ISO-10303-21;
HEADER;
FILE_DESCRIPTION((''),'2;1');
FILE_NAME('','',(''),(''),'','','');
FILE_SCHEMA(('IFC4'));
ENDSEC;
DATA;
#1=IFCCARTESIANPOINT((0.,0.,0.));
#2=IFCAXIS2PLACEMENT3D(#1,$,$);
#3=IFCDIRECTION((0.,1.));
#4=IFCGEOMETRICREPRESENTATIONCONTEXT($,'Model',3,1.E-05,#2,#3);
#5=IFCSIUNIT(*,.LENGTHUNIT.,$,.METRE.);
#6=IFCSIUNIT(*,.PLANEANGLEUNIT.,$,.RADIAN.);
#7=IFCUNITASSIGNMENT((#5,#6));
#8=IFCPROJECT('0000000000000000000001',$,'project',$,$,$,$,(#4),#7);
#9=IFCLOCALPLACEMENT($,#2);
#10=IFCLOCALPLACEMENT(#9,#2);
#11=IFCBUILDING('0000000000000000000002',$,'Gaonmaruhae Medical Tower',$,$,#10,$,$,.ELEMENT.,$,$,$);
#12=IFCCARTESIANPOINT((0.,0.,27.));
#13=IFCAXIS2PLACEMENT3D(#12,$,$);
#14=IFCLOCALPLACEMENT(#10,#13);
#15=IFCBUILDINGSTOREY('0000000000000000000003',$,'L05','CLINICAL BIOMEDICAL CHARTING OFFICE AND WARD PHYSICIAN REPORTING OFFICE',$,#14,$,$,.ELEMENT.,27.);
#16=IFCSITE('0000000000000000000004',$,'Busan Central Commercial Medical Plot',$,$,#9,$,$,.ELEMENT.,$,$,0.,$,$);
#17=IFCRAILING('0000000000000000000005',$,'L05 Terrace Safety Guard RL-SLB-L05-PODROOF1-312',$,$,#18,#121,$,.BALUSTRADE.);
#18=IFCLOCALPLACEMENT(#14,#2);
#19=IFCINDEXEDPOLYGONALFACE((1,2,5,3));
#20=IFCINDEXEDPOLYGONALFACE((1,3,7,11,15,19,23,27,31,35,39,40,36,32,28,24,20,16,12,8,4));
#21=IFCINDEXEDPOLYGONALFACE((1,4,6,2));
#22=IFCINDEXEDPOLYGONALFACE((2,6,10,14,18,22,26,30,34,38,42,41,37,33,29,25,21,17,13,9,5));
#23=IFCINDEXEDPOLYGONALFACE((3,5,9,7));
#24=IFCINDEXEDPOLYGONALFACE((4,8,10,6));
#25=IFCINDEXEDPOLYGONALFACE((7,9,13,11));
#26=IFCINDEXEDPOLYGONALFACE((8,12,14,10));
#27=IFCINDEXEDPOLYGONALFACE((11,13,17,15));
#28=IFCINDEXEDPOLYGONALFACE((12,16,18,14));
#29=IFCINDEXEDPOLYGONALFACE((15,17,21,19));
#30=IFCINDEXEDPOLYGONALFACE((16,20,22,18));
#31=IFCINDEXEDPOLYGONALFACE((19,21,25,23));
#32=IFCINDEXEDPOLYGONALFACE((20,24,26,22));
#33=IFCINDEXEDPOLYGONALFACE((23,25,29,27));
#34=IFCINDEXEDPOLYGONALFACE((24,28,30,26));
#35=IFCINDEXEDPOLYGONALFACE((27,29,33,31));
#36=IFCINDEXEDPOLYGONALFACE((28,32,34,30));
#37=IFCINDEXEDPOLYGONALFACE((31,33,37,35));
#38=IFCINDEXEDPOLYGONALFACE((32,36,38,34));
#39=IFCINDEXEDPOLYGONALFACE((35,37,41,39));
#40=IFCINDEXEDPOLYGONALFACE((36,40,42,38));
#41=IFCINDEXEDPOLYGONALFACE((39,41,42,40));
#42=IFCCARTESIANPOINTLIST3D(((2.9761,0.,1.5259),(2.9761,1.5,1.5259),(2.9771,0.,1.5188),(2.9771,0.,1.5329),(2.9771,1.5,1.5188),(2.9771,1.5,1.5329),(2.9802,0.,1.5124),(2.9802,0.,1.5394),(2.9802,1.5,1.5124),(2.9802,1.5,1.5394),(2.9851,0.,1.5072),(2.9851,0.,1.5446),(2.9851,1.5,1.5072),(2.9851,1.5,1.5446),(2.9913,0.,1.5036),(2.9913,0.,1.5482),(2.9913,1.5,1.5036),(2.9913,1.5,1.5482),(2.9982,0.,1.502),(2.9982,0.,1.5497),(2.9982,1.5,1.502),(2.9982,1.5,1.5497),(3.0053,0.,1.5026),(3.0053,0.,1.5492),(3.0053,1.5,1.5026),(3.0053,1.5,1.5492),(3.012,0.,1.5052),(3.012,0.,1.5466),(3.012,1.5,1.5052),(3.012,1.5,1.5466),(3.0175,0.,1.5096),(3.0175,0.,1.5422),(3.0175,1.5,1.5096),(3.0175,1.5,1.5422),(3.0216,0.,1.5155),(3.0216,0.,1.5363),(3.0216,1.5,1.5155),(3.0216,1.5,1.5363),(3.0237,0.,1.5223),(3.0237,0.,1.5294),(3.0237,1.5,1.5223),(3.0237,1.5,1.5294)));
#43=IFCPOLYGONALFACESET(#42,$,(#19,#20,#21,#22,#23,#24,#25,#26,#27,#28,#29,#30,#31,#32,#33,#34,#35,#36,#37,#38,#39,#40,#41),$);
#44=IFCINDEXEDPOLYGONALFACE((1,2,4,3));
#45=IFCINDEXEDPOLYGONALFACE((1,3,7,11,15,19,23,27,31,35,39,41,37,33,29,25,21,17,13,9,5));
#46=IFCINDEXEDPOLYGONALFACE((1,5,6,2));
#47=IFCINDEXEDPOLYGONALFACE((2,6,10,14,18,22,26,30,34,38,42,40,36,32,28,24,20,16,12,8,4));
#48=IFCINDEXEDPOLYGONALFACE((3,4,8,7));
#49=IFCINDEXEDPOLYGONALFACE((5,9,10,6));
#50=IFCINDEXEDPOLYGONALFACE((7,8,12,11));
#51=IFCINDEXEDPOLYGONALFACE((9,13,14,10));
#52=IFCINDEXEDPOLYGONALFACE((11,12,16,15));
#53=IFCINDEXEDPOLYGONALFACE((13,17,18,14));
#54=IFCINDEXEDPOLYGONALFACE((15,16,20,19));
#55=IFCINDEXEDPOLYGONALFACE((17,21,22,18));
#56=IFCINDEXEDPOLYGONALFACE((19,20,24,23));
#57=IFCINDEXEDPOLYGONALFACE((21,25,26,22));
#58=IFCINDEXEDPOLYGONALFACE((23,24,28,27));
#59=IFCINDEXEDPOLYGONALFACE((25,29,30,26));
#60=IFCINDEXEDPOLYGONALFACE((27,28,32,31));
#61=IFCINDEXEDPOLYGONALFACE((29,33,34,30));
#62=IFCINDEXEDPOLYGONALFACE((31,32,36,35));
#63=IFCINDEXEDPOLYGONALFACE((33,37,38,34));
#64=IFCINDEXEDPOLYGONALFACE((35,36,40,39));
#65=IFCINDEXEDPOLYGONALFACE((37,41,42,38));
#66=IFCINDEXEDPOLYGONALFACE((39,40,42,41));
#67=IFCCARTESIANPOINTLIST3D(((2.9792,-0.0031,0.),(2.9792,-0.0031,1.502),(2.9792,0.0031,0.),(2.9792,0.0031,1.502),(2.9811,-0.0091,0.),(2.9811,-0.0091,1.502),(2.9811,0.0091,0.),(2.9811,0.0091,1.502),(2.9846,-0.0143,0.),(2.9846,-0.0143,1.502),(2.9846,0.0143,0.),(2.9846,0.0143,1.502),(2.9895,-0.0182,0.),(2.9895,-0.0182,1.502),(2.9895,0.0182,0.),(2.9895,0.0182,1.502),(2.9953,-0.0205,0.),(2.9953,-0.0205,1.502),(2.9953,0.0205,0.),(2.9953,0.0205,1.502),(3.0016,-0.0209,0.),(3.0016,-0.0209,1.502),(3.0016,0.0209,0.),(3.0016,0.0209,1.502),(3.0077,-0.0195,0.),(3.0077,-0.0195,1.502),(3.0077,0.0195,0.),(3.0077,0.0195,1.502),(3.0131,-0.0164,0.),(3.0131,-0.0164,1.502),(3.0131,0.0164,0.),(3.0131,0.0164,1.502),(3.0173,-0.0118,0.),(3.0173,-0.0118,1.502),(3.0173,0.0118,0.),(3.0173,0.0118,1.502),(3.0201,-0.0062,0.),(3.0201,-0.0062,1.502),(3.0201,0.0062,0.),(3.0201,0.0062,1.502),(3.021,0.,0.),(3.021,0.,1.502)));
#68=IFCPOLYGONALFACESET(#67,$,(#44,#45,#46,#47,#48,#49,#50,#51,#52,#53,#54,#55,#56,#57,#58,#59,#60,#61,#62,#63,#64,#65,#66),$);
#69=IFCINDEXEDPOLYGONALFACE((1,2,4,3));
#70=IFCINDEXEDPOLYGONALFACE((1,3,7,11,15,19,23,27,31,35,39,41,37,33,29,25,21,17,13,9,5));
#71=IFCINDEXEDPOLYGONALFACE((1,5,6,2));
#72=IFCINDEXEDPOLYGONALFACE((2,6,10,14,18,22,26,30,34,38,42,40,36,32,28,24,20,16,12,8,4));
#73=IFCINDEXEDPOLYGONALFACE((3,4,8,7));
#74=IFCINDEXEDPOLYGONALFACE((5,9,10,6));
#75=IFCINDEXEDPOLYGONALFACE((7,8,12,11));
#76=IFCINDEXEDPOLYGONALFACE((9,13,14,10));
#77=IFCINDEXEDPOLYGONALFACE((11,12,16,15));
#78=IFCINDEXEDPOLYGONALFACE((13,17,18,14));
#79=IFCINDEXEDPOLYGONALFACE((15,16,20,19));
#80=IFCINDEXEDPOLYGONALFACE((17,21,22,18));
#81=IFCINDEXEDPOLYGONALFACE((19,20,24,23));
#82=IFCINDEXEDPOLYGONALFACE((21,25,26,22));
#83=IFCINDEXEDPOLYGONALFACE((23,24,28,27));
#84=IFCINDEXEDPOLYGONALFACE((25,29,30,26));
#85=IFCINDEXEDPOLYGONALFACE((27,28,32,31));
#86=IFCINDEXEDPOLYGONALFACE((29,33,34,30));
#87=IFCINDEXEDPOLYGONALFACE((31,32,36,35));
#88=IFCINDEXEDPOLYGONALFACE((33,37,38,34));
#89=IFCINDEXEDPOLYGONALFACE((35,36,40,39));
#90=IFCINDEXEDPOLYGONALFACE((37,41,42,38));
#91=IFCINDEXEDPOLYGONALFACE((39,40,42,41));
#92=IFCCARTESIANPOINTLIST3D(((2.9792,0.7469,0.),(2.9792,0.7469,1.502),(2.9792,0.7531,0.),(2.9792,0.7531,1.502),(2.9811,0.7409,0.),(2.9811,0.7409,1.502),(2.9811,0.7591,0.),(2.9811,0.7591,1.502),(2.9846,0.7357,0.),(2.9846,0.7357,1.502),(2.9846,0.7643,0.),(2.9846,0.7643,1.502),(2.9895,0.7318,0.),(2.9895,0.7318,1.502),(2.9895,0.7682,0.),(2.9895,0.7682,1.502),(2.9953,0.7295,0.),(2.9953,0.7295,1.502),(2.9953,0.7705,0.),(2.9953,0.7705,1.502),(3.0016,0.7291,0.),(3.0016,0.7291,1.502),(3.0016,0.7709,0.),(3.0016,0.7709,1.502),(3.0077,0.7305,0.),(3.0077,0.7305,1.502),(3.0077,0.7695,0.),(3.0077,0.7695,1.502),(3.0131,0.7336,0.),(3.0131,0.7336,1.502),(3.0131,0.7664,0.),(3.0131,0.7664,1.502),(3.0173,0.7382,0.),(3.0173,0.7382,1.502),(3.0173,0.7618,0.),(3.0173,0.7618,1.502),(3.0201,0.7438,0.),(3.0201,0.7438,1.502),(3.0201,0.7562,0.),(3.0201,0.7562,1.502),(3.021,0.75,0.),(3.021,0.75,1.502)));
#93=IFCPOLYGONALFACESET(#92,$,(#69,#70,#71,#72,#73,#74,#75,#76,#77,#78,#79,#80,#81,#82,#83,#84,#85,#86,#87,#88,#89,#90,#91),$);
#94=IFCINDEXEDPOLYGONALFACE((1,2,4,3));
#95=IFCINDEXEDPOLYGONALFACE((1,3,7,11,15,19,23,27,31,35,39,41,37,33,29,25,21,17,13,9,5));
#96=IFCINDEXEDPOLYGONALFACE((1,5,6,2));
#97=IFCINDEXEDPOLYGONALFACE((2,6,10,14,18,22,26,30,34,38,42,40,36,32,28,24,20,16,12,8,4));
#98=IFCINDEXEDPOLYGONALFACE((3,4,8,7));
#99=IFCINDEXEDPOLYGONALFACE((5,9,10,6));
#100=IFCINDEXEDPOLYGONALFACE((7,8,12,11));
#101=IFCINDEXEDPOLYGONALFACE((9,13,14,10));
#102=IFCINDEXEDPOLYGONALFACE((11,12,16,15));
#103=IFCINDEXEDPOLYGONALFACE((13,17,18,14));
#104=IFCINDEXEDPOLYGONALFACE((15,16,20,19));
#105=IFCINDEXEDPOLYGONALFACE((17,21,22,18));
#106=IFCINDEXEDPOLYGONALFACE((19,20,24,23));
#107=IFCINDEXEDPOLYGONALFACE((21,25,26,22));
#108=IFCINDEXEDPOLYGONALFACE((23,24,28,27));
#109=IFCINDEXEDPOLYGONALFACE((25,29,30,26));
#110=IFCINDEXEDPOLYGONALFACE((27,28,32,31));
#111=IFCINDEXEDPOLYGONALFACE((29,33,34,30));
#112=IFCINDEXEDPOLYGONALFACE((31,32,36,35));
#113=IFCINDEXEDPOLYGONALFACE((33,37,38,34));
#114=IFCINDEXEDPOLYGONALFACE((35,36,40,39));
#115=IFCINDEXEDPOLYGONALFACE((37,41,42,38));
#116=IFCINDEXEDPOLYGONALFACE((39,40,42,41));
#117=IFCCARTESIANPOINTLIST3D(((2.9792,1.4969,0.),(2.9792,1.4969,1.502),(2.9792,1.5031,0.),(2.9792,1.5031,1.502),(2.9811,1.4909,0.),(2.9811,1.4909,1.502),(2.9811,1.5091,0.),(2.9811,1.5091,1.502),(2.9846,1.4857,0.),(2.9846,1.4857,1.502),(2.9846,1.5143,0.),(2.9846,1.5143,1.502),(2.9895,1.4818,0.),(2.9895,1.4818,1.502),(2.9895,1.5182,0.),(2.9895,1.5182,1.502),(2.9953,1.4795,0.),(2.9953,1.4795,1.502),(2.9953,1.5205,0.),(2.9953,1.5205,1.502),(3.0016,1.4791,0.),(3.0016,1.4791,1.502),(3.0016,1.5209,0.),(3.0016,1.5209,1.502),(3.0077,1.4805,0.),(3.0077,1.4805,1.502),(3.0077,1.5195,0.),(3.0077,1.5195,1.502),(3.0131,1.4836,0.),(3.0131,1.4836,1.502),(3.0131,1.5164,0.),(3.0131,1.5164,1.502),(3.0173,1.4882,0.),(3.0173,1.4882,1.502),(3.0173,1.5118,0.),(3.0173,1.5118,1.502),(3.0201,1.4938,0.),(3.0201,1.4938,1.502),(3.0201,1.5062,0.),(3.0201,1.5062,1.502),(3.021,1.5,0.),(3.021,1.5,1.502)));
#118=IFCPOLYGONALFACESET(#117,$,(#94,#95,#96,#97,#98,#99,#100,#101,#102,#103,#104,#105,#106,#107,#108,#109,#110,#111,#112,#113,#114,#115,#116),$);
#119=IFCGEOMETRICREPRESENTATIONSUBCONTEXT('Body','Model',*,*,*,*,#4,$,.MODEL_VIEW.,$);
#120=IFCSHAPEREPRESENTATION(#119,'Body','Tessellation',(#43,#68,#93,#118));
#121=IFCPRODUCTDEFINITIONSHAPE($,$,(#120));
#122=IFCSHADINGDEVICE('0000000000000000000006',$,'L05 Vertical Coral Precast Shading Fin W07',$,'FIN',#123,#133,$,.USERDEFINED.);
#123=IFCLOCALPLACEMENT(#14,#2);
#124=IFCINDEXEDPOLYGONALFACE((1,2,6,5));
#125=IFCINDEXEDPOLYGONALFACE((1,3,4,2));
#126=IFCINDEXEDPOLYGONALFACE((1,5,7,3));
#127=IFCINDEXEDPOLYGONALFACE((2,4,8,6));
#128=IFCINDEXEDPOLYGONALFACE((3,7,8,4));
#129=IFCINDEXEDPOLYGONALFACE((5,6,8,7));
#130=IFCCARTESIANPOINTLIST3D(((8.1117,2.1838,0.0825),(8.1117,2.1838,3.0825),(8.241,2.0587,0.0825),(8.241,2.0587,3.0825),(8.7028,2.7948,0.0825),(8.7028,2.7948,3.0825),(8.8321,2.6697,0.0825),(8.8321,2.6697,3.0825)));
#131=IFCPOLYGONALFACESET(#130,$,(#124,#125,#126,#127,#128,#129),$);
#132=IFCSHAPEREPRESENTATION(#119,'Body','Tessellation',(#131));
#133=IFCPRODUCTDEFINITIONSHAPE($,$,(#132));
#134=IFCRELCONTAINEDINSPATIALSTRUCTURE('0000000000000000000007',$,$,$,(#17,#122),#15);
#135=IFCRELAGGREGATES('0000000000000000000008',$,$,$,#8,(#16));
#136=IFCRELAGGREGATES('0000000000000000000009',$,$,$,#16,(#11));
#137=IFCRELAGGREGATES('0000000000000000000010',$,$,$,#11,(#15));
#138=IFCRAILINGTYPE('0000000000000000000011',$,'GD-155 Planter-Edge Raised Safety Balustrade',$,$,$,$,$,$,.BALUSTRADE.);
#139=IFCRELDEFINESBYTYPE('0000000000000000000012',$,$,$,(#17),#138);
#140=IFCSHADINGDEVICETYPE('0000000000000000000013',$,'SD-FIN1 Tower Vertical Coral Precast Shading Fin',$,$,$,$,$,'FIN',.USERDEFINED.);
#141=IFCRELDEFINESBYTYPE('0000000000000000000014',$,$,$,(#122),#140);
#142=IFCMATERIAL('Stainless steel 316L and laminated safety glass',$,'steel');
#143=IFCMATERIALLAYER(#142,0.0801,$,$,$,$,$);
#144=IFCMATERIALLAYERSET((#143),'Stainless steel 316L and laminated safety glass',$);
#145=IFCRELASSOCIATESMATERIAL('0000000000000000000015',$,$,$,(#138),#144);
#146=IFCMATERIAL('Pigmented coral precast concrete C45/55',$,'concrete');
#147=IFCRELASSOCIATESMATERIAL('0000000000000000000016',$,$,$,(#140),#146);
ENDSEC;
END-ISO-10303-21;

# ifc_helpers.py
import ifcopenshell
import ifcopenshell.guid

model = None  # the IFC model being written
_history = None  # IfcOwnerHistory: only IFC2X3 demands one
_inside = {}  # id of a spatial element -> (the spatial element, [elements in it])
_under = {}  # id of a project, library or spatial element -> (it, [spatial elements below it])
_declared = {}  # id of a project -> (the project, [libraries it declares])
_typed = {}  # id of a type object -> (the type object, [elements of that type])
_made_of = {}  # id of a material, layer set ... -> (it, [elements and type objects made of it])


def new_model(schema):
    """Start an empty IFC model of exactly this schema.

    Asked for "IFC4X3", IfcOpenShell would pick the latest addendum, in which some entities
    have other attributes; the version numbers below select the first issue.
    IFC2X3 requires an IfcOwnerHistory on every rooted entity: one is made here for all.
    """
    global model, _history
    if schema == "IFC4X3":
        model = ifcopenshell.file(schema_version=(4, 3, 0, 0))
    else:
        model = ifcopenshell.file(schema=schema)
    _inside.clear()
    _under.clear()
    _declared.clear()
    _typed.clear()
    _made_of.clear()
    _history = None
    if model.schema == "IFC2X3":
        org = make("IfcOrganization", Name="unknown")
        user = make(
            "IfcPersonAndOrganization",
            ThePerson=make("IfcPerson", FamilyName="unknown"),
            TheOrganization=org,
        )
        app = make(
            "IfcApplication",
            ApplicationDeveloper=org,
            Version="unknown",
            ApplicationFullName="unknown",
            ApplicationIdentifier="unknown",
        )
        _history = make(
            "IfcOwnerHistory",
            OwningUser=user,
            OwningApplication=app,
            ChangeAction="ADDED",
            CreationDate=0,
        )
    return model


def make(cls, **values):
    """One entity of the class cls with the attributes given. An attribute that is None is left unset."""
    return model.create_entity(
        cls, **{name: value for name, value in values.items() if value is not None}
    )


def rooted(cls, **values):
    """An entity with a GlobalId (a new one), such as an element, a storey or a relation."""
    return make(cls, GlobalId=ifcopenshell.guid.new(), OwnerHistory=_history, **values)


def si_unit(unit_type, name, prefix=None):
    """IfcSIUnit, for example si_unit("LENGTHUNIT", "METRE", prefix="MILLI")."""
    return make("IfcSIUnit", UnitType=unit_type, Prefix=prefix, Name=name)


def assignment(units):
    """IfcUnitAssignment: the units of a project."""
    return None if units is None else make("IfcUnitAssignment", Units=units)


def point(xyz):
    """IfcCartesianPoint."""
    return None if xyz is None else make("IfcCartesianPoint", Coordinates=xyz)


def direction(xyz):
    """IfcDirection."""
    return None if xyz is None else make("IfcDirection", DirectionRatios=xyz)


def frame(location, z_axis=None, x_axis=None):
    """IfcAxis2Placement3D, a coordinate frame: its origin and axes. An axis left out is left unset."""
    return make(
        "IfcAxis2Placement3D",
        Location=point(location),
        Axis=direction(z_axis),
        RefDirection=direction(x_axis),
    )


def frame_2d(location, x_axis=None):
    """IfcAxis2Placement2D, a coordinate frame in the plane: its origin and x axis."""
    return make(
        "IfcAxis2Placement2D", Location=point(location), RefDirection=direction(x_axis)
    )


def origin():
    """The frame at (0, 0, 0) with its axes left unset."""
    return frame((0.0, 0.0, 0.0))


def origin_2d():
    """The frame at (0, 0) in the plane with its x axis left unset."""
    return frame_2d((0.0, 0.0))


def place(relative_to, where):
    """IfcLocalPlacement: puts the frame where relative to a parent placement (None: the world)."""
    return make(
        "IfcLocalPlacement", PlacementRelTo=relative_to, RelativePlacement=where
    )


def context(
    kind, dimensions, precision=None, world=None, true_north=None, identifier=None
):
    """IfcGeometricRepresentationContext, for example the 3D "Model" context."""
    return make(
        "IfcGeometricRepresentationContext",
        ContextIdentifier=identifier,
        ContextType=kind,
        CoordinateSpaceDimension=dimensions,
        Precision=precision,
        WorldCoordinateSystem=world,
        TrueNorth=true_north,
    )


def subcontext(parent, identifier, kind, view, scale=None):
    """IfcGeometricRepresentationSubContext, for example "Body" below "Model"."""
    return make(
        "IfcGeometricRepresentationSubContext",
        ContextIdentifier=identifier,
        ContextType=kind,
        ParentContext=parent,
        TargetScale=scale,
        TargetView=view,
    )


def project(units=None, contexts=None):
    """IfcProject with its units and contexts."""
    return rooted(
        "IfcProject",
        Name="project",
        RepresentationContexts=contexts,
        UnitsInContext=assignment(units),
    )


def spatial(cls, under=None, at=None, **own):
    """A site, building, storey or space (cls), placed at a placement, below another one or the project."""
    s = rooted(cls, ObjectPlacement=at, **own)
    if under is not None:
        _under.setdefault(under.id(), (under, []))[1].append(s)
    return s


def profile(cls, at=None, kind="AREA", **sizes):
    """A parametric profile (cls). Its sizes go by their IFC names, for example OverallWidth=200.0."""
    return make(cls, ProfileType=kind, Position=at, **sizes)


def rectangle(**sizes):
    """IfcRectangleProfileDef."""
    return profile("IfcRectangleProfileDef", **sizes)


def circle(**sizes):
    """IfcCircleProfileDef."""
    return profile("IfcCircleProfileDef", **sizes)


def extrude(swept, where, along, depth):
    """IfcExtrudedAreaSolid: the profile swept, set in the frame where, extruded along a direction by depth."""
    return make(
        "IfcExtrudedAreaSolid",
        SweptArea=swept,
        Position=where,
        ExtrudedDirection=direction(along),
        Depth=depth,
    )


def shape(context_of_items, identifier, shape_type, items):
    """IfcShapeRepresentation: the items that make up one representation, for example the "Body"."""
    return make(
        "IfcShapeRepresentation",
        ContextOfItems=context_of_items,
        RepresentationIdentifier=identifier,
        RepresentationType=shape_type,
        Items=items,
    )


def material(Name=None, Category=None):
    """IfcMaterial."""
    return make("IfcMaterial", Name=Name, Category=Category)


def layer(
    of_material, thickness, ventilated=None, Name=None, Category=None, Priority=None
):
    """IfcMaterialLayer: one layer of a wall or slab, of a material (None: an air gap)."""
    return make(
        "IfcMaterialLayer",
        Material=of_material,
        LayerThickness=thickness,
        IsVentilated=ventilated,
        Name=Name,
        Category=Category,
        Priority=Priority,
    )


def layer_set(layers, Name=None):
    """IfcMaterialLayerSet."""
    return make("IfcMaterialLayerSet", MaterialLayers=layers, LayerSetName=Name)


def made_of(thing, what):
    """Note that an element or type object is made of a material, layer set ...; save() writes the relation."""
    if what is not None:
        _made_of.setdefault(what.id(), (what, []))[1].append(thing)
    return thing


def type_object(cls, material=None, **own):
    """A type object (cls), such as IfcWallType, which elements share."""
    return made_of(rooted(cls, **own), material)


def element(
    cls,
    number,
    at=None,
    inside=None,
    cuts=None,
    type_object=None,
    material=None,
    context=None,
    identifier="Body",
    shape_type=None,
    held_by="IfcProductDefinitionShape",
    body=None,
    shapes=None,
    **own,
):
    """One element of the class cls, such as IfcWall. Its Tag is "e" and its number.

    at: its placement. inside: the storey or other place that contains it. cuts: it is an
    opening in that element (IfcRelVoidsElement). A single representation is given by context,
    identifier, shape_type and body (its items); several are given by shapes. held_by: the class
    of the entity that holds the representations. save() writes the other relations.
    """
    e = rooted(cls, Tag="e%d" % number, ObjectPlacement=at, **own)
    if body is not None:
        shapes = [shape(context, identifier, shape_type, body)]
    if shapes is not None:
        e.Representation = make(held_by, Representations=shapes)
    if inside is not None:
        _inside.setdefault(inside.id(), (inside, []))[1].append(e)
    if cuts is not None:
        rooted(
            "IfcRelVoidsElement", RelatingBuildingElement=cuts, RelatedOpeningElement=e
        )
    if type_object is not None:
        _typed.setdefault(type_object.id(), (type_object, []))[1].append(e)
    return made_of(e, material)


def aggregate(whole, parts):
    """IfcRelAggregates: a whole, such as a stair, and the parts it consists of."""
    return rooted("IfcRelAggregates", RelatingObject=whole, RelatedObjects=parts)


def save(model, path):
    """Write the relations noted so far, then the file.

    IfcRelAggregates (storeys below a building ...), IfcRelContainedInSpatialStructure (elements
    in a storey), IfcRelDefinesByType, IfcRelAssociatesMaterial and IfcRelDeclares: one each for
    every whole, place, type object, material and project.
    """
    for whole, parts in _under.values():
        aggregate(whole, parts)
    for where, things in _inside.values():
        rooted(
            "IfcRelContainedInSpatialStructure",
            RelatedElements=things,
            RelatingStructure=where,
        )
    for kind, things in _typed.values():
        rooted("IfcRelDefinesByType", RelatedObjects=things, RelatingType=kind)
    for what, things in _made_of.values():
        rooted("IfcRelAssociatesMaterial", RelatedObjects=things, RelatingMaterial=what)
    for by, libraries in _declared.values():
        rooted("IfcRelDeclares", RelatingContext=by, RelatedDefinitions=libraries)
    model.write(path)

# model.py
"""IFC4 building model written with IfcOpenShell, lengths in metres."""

from ifc_helpers import new_model, si_unit, direction, frame, origin, origin_2d, place, context, subcontext, project, spatial, rectangle, circle, extrude, material, layer, layer_set, type_object, element, save


model = new_model("IFC4")

# Units and contexts
model_context = context("Model", 3, precision=1e-05, world=origin(), true_north=direction((0.0, 1.0)))
body_context = subcontext(model_context, "Body", "Model", "MODEL_VIEW")
ifc_project = project(units=[si_unit("LENGTHUNIT", "METRE"), si_unit("PLANEANGLEUNIT", "RADIAN")], contexts=[model_context])

# Site, building, storey
site_placement = place(None, origin())
site = spatial("IfcSite", under=ifc_project, at=site_placement, Name="Busan Central Commercial Medical Plot", CompositionType="ELEMENT", RefElevation=0.0)
building_placement = place(site_placement, origin())
building = spatial("IfcBuilding", under=site, at=building_placement, Name="Gaonmaruhae Medical Tower", CompositionType="ELEMENT")
storey_placement = place(building_placement, frame((0.0, 0.0, 27.0)))
storey = spatial("IfcBuildingStorey", under=building, at=storey_placement, Name="L05", Description="CLINICAL BIOMEDICAL CHARTING OFFICE AND WARD PHYSICIAN REPORTING OFFICE", CompositionType="ELEMENT", Elevation=27.0)

# Railing
ifc_material_1 = material(Name="Stainless steel 316L and laminated safety glass", Category="steel")
ifc_layer_1 = layer(ifc_material_1, 0.0801)
ifc_layer_set_1 = layer_set([ifc_layer_1], Name="Stainless steel 316L and laminated safety glass")
railing_type = type_object("IfcRailingType", Name="GD-155 Planter-Edge Raised Safety Balustrade", PredefinedType="BALUSTRADE", material=ifc_layer_set_1)
railing_1_placement = place(storey_placement, frame((3.0, 0.0, 0.0)))
element("IfcRailing", 1, at=railing_1_placement, inside=storey, type_object=railing_type, Name="L05 Terrace Safety Guard RL-SLB-L05-PODROOF1-312", PredefinedType="BALUSTRADE", context=body_context, shape_type="SweptSolid", body=[
    extrude(circle(Radius=0.0239, at=origin_2d()), frame((0.0, 0.0, 1.5259), z_axis=(0.0, 1.0, 0.0), x_axis=(-1.0, 0.0, 0.0)), (0.0, 0.0, 1.0), 1.5),
    extrude(circle(Radius=0.021, at=origin_2d()), origin(), (0.0, 0.0, 1.0), 1.502),
    extrude(circle(Radius=0.021, at=origin_2d()), frame((0.0, 0.75, 0.0)), (0.0, 0.0, 1.0), 1.502),
    extrude(circle(Radius=0.021, at=origin_2d()), frame((0.0, 1.5, 0.0)), (0.0, 0.0, 1.0), 1.502),
])

# Shading device
ifc_material_2 = material(Name="Pigmented coral precast concrete C45/55", Category="concrete")
shading_device_type = type_object("IfcShadingDeviceType", Name="SD-FIN1 Tower Vertical Coral Precast Shading Fin", ElementType="FIN", PredefinedType="USERDEFINED", material=ifc_material_2)
shading_device_placement = place(storey_placement, frame((8.4719, 2.4268, 0.0825), z_axis=(0.0, 0.0, 1.0), x_axis=(-0.718721, 0.695298, 0.0)))
element("IfcShadingDevice", 2, at=shading_device_placement, inside=storey, type_object=shading_device_type, Name="L05 Vertical Coral Precast Shading Fin W07", ObjectType="FIN", PredefinedType="USERDEFINED", context=body_context, shape_type="SweptSolid", body=[
    extrude(rectangle(XDim=0.1799, YDim=0.8501, at=origin_2d()), origin(), (0.0, 0.0, 1.0), 3.0),
])

save(model, "model.ifc")
